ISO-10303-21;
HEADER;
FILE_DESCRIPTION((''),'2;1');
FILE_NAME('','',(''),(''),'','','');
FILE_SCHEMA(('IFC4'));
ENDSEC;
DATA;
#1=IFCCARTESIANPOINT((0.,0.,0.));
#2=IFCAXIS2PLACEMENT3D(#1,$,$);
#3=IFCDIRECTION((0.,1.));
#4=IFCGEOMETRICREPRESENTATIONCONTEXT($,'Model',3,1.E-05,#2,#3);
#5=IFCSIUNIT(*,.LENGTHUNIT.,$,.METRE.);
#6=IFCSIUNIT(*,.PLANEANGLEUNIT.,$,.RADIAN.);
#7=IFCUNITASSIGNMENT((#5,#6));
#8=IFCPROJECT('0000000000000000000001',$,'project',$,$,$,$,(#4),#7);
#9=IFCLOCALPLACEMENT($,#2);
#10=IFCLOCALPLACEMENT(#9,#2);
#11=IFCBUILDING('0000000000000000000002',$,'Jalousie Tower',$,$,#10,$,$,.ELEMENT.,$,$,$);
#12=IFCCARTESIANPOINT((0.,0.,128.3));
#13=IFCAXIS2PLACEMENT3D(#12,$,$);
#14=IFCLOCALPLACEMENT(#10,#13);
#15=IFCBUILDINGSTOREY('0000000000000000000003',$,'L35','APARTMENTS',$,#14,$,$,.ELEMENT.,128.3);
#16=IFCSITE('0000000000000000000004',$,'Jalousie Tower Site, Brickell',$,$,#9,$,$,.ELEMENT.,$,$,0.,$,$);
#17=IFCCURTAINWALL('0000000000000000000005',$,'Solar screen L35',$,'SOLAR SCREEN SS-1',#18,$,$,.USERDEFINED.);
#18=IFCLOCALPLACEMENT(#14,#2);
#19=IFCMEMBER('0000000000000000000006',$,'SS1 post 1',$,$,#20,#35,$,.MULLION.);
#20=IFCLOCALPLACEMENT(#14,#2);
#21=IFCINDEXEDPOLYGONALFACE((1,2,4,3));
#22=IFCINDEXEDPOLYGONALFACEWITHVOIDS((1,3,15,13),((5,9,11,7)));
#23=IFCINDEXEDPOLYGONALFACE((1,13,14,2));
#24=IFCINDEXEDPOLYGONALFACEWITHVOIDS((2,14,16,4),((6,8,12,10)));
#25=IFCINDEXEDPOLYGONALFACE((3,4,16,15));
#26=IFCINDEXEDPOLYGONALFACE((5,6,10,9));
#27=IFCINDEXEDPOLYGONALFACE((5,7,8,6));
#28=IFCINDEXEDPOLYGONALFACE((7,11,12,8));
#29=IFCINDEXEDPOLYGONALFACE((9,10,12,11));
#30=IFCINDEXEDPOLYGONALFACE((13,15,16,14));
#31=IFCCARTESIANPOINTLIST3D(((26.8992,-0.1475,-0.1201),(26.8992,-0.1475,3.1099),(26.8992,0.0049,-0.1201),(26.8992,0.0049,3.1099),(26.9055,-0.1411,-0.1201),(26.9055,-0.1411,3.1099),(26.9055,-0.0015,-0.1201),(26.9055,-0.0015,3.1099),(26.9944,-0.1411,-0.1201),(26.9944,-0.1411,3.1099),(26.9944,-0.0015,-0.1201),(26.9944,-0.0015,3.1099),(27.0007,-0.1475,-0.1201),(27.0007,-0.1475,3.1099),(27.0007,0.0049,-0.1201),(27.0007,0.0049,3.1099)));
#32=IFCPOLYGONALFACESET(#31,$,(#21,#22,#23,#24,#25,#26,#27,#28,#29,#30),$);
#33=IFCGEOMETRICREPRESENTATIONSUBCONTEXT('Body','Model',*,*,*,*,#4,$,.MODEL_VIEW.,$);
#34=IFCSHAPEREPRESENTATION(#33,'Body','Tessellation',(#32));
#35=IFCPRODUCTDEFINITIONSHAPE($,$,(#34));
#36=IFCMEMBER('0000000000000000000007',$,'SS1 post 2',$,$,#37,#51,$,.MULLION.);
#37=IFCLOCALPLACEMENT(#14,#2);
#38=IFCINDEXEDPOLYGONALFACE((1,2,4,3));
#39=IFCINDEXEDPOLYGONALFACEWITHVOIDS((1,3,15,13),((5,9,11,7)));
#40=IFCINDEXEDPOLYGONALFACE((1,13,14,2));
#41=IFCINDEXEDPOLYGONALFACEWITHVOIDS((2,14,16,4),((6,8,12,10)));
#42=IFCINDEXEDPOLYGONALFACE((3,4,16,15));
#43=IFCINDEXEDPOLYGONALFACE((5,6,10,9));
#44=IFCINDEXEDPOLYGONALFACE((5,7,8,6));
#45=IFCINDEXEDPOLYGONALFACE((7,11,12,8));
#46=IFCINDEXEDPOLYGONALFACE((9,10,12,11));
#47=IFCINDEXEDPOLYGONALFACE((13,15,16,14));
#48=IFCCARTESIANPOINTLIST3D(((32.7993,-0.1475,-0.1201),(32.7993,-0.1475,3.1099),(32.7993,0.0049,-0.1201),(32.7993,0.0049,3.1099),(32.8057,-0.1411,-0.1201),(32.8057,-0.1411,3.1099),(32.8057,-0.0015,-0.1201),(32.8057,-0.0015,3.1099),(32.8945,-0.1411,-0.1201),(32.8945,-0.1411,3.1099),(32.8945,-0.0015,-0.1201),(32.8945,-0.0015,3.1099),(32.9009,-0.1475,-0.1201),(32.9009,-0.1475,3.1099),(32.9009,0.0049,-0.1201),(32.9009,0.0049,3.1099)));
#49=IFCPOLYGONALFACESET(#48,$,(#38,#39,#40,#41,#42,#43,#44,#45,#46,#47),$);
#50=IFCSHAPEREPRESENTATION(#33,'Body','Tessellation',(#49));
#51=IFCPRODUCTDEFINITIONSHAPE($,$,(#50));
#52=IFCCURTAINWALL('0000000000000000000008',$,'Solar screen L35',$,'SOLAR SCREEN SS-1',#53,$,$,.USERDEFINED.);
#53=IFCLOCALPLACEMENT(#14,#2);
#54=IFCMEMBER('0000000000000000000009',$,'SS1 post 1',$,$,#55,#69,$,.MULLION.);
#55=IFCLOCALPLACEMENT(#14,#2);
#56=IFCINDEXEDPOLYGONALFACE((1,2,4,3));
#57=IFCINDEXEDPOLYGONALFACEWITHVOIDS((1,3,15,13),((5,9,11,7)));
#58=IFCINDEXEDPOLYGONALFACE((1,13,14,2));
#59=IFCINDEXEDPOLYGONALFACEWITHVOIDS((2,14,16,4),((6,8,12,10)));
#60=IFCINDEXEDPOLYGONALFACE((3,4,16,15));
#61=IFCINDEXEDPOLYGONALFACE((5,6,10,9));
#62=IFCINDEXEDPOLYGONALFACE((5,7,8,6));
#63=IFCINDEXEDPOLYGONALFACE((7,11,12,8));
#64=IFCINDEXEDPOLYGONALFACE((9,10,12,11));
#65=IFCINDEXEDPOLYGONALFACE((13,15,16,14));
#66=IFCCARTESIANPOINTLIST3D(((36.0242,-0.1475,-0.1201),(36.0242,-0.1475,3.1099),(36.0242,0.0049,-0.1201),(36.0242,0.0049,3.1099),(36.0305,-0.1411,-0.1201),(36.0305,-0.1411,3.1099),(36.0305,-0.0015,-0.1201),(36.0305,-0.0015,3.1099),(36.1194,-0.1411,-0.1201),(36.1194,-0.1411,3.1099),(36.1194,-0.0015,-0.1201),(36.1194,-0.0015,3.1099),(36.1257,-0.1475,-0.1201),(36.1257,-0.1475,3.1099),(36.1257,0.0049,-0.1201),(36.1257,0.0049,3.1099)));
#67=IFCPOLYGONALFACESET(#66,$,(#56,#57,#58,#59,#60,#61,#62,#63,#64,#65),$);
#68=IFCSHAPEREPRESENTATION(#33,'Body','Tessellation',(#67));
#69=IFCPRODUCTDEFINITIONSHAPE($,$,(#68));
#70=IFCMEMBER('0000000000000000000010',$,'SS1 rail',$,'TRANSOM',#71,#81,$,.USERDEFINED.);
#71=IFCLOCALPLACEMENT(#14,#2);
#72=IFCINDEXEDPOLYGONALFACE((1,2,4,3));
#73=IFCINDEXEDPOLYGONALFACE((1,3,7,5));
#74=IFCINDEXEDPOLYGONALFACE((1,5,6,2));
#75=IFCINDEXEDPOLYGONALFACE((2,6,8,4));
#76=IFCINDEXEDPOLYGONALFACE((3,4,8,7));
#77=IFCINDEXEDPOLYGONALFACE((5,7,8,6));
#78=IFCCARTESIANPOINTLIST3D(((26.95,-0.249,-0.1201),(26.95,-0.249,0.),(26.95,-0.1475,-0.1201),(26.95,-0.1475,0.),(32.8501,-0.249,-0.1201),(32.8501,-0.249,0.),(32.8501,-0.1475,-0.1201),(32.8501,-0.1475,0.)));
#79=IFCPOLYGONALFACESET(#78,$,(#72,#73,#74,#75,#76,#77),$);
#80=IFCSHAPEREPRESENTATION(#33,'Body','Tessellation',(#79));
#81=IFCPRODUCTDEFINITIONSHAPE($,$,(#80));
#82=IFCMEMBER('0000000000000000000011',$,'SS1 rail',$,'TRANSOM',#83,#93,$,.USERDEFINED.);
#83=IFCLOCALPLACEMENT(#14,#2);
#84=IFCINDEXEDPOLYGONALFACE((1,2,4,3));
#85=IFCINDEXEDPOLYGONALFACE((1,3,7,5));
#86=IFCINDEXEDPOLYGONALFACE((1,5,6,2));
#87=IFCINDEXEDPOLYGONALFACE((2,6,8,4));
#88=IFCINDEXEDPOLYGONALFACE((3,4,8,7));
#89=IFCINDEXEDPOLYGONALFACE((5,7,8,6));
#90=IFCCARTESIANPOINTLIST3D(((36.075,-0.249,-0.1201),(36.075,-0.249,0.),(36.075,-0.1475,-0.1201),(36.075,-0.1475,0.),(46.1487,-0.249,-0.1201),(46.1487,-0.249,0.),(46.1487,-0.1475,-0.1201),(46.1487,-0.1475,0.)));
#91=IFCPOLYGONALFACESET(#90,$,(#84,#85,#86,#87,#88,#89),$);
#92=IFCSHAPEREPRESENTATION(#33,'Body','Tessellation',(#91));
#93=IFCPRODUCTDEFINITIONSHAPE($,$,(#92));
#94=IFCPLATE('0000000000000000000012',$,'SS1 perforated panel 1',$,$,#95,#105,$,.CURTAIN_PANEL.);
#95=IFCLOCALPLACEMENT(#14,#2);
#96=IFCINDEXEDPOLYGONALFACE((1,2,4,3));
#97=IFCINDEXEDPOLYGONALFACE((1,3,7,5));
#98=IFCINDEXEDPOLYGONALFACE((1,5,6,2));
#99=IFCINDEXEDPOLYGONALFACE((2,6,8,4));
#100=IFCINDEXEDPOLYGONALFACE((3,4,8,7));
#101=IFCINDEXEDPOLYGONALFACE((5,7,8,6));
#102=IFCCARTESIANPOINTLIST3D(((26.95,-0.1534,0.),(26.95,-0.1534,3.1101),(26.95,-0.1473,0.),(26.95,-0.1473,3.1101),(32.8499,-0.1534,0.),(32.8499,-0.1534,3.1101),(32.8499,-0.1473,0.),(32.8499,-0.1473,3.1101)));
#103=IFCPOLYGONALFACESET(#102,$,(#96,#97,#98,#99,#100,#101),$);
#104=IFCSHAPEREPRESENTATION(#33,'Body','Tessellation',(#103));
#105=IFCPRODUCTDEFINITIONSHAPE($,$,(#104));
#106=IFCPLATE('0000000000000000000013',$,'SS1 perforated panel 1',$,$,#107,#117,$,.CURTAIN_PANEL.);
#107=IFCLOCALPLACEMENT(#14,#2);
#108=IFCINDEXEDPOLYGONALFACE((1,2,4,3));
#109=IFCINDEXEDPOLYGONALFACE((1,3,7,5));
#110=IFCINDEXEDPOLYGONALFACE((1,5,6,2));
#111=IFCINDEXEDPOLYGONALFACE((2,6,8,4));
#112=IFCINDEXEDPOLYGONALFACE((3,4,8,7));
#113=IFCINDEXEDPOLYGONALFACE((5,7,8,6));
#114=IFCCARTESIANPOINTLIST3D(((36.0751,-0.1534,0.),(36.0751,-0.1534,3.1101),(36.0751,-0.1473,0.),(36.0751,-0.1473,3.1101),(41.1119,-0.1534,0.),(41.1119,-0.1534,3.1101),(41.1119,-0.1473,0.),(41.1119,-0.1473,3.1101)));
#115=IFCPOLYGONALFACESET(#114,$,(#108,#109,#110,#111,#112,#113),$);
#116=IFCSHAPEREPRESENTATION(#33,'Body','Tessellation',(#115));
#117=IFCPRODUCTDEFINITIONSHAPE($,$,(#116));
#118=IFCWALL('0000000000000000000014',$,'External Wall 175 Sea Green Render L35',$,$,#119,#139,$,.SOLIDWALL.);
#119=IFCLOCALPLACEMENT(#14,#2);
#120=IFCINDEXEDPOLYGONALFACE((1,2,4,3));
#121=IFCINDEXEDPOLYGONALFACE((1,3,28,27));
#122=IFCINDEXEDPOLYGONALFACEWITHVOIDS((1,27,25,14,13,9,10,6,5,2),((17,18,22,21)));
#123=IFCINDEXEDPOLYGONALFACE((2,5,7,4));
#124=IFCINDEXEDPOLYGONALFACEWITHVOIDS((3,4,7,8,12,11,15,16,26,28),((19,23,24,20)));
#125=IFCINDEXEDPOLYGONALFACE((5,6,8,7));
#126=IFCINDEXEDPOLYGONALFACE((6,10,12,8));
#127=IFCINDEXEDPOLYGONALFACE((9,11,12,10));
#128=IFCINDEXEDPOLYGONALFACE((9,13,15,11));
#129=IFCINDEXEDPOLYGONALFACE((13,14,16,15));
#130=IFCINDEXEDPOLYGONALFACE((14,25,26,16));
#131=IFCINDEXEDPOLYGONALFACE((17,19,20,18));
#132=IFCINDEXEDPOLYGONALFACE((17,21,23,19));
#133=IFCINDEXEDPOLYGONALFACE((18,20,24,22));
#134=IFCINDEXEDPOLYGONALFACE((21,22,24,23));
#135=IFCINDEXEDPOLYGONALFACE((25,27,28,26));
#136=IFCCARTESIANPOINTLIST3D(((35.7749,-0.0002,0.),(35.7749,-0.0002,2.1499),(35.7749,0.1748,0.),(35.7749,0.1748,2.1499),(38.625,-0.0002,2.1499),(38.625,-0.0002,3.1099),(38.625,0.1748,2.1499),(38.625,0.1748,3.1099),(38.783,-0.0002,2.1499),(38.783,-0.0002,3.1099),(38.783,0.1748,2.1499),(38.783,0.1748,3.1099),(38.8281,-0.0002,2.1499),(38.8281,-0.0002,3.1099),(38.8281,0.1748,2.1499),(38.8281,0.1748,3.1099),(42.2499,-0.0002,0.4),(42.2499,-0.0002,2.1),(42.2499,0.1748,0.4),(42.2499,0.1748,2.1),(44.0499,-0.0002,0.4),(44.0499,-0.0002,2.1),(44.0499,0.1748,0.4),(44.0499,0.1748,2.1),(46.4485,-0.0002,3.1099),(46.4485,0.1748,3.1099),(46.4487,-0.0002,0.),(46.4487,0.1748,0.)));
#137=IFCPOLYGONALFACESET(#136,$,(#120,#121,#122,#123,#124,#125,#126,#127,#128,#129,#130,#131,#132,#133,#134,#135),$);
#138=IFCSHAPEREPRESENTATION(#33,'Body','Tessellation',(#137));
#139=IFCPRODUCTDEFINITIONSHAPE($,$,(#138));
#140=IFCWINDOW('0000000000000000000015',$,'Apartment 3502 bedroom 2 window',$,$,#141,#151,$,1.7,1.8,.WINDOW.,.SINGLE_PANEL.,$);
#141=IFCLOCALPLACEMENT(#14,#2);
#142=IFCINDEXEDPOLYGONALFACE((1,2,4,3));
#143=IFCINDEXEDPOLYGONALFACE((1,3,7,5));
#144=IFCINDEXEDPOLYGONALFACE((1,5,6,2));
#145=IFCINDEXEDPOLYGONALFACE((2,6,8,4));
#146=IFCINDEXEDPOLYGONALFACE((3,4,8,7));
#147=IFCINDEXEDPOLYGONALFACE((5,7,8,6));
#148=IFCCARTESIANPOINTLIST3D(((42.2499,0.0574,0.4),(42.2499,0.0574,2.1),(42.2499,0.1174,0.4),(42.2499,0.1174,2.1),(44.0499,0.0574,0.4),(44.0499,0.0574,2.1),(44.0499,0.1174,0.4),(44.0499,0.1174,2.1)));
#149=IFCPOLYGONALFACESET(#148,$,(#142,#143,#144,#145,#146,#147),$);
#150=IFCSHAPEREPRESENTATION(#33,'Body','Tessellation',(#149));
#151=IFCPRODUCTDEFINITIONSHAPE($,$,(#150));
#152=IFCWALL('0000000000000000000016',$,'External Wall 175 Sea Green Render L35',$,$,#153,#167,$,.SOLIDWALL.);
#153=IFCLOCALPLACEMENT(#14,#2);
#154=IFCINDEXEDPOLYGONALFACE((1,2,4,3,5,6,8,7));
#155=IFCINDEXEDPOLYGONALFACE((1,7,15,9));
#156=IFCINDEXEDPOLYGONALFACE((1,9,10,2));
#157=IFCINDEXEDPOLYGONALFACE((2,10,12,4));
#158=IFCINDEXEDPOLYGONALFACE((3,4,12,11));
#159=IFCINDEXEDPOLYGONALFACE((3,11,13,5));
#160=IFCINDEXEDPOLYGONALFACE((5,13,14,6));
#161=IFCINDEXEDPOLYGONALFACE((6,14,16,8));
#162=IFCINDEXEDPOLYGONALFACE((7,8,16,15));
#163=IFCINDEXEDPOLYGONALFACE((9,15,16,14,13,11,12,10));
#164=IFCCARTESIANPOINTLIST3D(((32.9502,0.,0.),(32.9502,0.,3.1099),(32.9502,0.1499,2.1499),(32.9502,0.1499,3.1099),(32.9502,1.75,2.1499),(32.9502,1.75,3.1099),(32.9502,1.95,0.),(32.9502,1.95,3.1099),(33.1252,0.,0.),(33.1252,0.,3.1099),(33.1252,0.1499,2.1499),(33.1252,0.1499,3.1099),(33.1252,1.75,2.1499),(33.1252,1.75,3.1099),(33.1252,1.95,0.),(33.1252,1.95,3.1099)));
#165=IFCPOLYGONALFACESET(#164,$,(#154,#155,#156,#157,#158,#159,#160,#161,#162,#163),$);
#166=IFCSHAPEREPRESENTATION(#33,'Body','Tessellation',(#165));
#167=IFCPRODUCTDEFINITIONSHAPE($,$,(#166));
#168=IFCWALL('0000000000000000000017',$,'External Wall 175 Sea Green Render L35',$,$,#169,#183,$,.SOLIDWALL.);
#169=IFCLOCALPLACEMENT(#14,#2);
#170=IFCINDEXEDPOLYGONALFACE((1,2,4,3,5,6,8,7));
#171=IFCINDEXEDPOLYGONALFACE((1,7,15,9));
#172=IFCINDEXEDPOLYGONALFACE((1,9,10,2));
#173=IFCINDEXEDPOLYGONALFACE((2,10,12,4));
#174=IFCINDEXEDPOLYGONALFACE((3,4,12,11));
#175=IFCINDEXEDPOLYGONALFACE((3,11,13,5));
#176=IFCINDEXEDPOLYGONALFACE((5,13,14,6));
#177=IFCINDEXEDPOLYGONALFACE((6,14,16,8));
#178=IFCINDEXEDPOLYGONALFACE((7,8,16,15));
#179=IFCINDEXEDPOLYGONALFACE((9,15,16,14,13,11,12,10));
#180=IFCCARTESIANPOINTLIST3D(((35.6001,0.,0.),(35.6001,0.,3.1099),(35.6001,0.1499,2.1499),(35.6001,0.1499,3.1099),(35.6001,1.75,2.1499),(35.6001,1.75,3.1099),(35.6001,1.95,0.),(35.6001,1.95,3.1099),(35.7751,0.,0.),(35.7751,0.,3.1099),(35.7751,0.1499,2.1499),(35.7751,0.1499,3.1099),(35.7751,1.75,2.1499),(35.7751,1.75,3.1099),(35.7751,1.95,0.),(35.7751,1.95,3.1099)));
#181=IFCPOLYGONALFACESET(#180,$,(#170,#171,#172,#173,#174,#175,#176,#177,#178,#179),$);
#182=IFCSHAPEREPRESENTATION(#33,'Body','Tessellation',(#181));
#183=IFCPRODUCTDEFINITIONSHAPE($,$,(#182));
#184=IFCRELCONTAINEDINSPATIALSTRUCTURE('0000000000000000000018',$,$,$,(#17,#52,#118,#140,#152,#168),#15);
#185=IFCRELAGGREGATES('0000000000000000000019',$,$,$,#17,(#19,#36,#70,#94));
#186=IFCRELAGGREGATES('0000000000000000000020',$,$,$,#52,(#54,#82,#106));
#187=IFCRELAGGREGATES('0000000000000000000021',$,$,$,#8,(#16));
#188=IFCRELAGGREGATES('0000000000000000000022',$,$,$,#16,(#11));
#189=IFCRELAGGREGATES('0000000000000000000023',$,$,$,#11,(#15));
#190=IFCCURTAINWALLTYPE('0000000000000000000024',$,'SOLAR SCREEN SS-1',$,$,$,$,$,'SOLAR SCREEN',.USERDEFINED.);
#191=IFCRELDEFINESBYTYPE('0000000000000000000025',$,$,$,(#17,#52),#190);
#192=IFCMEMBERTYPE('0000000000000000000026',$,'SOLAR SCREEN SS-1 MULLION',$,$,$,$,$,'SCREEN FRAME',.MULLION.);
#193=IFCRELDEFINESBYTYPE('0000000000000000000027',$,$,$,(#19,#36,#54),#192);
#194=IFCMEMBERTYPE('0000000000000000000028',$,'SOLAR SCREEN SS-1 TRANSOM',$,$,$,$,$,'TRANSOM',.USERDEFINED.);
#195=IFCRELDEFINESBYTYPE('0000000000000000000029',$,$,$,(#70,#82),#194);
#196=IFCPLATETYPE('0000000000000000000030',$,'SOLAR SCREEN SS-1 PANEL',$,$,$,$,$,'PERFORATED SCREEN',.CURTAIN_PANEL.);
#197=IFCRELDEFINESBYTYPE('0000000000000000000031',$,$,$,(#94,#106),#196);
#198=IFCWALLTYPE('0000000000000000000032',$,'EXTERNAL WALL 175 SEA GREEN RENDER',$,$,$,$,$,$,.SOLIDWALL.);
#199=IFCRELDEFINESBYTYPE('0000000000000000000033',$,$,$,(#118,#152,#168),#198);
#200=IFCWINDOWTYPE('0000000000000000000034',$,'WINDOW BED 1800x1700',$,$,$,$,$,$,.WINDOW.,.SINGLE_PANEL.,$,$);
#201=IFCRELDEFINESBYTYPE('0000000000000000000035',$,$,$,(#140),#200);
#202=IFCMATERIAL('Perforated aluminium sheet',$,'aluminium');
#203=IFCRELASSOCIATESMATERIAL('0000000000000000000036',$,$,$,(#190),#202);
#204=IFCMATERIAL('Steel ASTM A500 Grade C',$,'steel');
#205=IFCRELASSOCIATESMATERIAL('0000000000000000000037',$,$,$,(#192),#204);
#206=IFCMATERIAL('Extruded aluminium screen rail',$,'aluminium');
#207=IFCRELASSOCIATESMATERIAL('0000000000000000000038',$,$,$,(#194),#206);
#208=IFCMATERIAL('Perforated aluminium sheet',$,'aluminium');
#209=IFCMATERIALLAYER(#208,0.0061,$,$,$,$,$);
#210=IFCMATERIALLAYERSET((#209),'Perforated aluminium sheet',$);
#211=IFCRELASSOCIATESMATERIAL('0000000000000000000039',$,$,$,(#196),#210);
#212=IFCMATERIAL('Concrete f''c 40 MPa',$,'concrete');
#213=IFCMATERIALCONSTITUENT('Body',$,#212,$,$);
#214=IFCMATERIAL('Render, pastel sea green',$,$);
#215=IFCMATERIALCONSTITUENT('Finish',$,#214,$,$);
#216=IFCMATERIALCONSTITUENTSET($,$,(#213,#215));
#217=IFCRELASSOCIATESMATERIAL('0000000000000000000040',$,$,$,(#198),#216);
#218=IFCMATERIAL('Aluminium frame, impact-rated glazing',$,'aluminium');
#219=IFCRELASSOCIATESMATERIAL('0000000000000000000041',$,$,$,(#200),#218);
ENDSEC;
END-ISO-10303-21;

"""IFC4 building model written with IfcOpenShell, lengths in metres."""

from ifc_helpers import new_model, si_unit, direction, frame, frame_2d, origin, origin_2d, place, context, subcontext, project, spatial, polyline, rectangle, hollow_rectangle, outline, extrude, material, layer, layer_set, constituent, constituent_set, material_profile, profile_set, type_object, element, fill, aggregate, save


model = new_model("IFC4")

# Units and contexts
model_context = context("Model", 3, precision=1e-05, world=origin(), true_north=direction((0.0, 1.0)))
body_context = subcontext(model_context, "Body", "Model", "MODEL_VIEW")
ifc_project = project(units=[si_unit("LENGTHUNIT", "METRE"), si_unit("PLANEANGLEUNIT", "RADIAN")], contexts=[model_context])

# Site, building, storey
site_placement = place(None, origin())
site = spatial("IfcSite", under=ifc_project, at=site_placement, Name="Jalousie Tower Site, Brickell", CompositionType="ELEMENT", RefElevation=0.0)
building_placement = place(site_placement, origin())
building = spatial("IfcBuilding", under=site, at=building_placement, Name="Jalousie Tower", CompositionType="ELEMENT")
storey_placement = place(building_placement, frame((0.0, 0.0, 128.3)))
storey = spatial("IfcBuildingStorey", under=building, at=storey_placement, Name="L35", Description="APARTMENTS", CompositionType="ELEMENT", Elevation=128.3)

# Shared definitions
ifc_material_1 = material(Name="Perforated aluminium sheet", Category="aluminium")
curtain_wall_type = type_object("IfcCurtainWallType", Name="SOLAR SCREEN SS-1", ElementType="SOLAR SCREEN", PredefinedType="USERDEFINED", material=ifc_material_1)
ifc_material_2 = material(Name="Steel ASTM A500 Grade C", Category="steel")
ifc_material_profile_1 = material_profile(ifc_material_2, hollow_rectangle(XDim=0.1016, YDim=0.1523, WallThickness=0.0063, at=origin_2d()), Name="HSS6X4X1/4")
ifc_profile_set_1 = profile_set([ifc_material_profile_1], Name="Steel ASTM A500 Grade C")
member_type_1 = type_object("IfcMemberType", Name="SOLAR SCREEN SS-1 MULLION", ElementType="SCREEN FRAME", PredefinedType="MULLION", material=ifc_profile_set_1)

# Curtain wall, members
curtain_wall_1_placement = place(storey_placement, origin())
curtain_wall_1 = element("IfcCurtainWall", 1, at=curtain_wall_1_placement, inside=storey, type_object=curtain_wall_type, Name="Solar screen L35", ObjectType="SOLAR SCREEN SS-1", PredefinedType="USERDEFINED")
member_1_placement = place(storey_placement, frame((26.95, -0.0713, -0.1201), z_axis=(0.0, 0.0, 1.0), x_axis=(1.0, 0.0, 0.0)))
member_1 = element("IfcMember", 2, at=member_1_placement, type_object=member_type_1, Name="SS1 post 1", PredefinedType="MULLION", context=body_context, shape_type="SweptSolid", body=[
    extrude(hollow_rectangle(XDim=0.1016, YDim=0.1523, WallThickness=0.0063, at=origin_2d()), origin(), (0.0, 0.0, 1.0), 3.23),
])
member_2_placement = place(storey_placement, frame((32.8501, -0.0713, -0.1201), z_axis=(0.0, 0.0, 1.0), x_axis=(1.0, 0.0, 0.0)))
member_2 = element("IfcMember", 3, at=member_2_placement, type_object=member_type_1, Name="SS1 post 2", PredefinedType="MULLION", context=body_context, shape_type="SweptSolid", body=[
    extrude(hollow_rectangle(XDim=0.1016, YDim=0.1523, WallThickness=0.0063, at=origin_2d()), origin(), (0.0, 0.0, 1.0), 3.23),
])

# Curtain wall, member
curtain_wall_2_placement = place(storey_placement, origin())
curtain_wall_2 = element("IfcCurtainWall", 4, at=curtain_wall_2_placement, inside=storey, type_object=curtain_wall_type, Name="Solar screen L35", ObjectType="SOLAR SCREEN SS-1", PredefinedType="USERDEFINED")
member_3_placement = place(storey_placement, frame((36.075, -0.0713, -0.1201), z_axis=(0.0, 0.0, 1.0), x_axis=(1.0, 0.0, 0.0)))
member_3 = element("IfcMember", 5, at=member_3_placement, type_object=member_type_1, Name="SS1 post 1", PredefinedType="MULLION", context=body_context, shape_type="SweptSolid", body=[
    extrude(hollow_rectangle(XDim=0.1016, YDim=0.1523, WallThickness=0.0063, at=origin_2d()), origin(), (0.0, 0.0, 1.0), 3.23),
])

# Members
ifc_material_3 = material(Name="Extruded aluminium screen rail", Category="aluminium")
ifc_material_profile_2 = material_profile(ifc_material_3, rectangle(XDim=0.1016, YDim=0.1201, at=origin_2d()), Name="RAIL 102x120")
ifc_profile_set_2 = profile_set([ifc_material_profile_2], Name="Extruded aluminium screen rail")
member_type_2 = type_object("IfcMemberType", Name="SOLAR SCREEN SS-1 TRANSOM", ElementType="TRANSOM", PredefinedType="USERDEFINED", material=ifc_profile_set_2)
member_4_placement = place(storey_placement, frame((26.95, -0.1982, -0.0601), z_axis=(1.0, 0.0, 0.0), x_axis=(0.0, 1.0, 0.0)))
member_4 = element("IfcMember", 6, at=member_4_placement, type_object=member_type_2, Name="SS1 rail", ObjectType="TRANSOM", PredefinedType="USERDEFINED", context=body_context, shape_type="SweptSolid", body=[
    extrude(rectangle(XDim=0.1016, YDim=0.1201, at=origin_2d()), origin(), (0.0, 0.0, 1.0), 5.9001),
])
member_5_placement = place(storey_placement, frame((36.075, -0.1982, -0.0601), z_axis=(1.0, 0.0, 0.0), x_axis=(0.0, 1.0, 0.0)))
member_5 = element("IfcMember", 7, at=member_5_placement, type_object=member_type_2, Name="SS1 rail", ObjectType="TRANSOM", PredefinedType="USERDEFINED", context=body_context, shape_type="SweptSolid", body=[
    extrude(rectangle(XDim=0.1016, YDim=0.1201, at=origin_2d()), origin(), (0.0, 0.0, 1.0), 10.0737),
])

# Plates
ifc_material_4 = material(Name="Perforated aluminium sheet", Category="aluminium")
ifc_layer_1 = layer(ifc_material_4, 0.0061)
ifc_layer_set_1 = layer_set([ifc_layer_1], Name="Perforated aluminium sheet")
plate_type = type_object("IfcPlateType", Name="SOLAR SCREEN SS-1 PANEL", ElementType="PERFORATED SCREEN", PredefinedType="CURTAIN_PANEL", material=ifc_layer_set_1)
plate_1_placement = place(storey_placement, frame((29.8999, -0.1504, 0.0), z_axis=(0.0, 0.0, 1.0), x_axis=(1.0, 0.0, 0.0)))
plate_1 = element("IfcPlate", 8, at=plate_1_placement, type_object=plate_type, Name="SS1 perforated panel 1", PredefinedType="CURTAIN_PANEL", context=body_context, shape_type="SweptSolid", body=[
    extrude(rectangle(XDim=5.8999, YDim=0.0061, at=origin_2d()), origin(), (0.0, 0.0, 1.0), 3.1101),
])
aggregate(curtain_wall_1, [member_1, member_2, member_4, plate_1])
plate_2_placement = place(storey_placement, frame((38.5935, -0.1504, 0.0), z_axis=(0.0, 0.0, 1.0), x_axis=(1.0, 0.0, 0.0)))
plate_2 = element("IfcPlate", 9, at=plate_2_placement, type_object=plate_type, Name="SS1 perforated panel 1", PredefinedType="CURTAIN_PANEL", context=body_context, shape_type="SweptSolid", body=[
    extrude(rectangle(XDim=5.0369, YDim=0.0061, at=origin_2d()), origin(), (0.0, 0.0, 1.0), 3.1101),
])
aggregate(curtain_wall_2, [member_3, member_5, plate_2])

# Wall, opening, window
ifc_material_5 = material(Name="Concrete f'c 40 MPa", Category="concrete")
ifc_constituent_1 = constituent(ifc_material_5, Name="Body")
ifc_material_6 = material(Name="Render, pastel sea green")
ifc_constituent_2 = constituent(ifc_material_6, Name="Finish")
ifc_constituent_set_1 = constituent_set(constituents=[ifc_constituent_1, ifc_constituent_2])
wall_type_1 = type_object("IfcWallType", Name="EXTERNAL WALL 175 SEA GREEN RENDER", PredefinedType="SOLIDWALL", material=ifc_constituent_set_1)
wall_1_placement = place(storey_placement, frame((35.7749, 0.0874, 0.0), z_axis=(0.0, 0.0, 1.0), x_axis=(1.0, 0.0, 0.0)))
wall_1 = element("IfcWall", 10, at=wall_1_placement, inside=storey, type_object=wall_type_1, Name="External Wall 175 Sea Green Render L35", PredefinedType="SOLIDWALL", context=body_context, shape_type="SweptSolid", body=[
    extrude(outline(polyline([(0.0, 0.0), (10.6738, 0.0), (10.6736, 3.1099), (3.0532, 3.1099), (3.0532, 2.1499), (3.0081, 2.1499), (3.0081, 3.1099), (2.8501, 3.1099), (2.8501, 2.1499), (0.0, 2.1499), (0.0, 0.0)])), frame((0.0, 0.0874, 0.0), z_axis=(0.0, -1.0, 0.0), x_axis=(1.0, 0.0, 0.0)), (0.0, 0.0, 1.0), 0.175),
])
opening_1_placement = place(wall_1_placement, frame((6.4751, 0.0, 0.3999)))
opening_1 = element("IfcOpeningElement", 11, at=opening_1_placement, cuts=wall_1, PredefinedType="OPENING", context=body_context, shape_type="SweptSolid", body=[
    extrude(rectangle(XDim=1.8, YDim=1.7, at=frame_2d((0.8999, 0.8501))), frame((0.0, 0.0974, 0.0), z_axis=(0.0, -1.0, 0.0), x_axis=(1.0, 0.0, 0.0)), (0.0, 0.0, 1.0), 0.1951),
])
ifc_material_7 = material(Name="Aluminium frame, impact-rated glazing", Category="aluminium")
window_type = type_object("IfcWindowType", Name="WINDOW BED 1800x1700", PartitioningType="SINGLE_PANEL", PredefinedType="WINDOW", material=ifc_material_7)
window_placement = place(opening_1_placement, origin())
window = element("IfcWindow", 12, at=window_placement, inside=storey, type_object=window_type, Name="Apartment 3502 bedroom 2 window", OverallHeight=1.7, OverallWidth=1.8, PartitioningType="SINGLE_PANEL", PredefinedType="WINDOW", context=body_context, shape_type="SweptSolid", body=[
    extrude(rectangle(XDim=1.8, YDim=1.7, at=frame_2d((0.8999, 0.8501))), frame((0.0, 0.03, 0.0), z_axis=(0.0, -1.0, 0.0), x_axis=(1.0, 0.0, 0.0)), (0.0, 0.0, 1.0), 0.0601),
])
fill(opening_1, window)

# Walls
for number, where, z_axis, x_axis, name in (
    (13, (33.0376, 0.0, 0.0), (0.0, 0.0, 1.0), (0.0, 1.0, 0.0), "External Wall 175 Sea Green Render L35"),
    (14, (35.6875, 0.0, 0.0), (0.0, 0.0, 1.0), (0.0, 1.0, 0.0), "External Wall 175 Sea Green Render L35"),
):
    element("IfcWall", number, at=place(storey_placement, frame(where, z_axis=z_axis, x_axis=x_axis)), inside=storey, type_object=wall_type_1, Name=name, PredefinedType="SOLIDWALL", context=body_context, shape_type="SweptSolid", body=[
        extrude(outline(polyline([(0.0, 0.0), (1.95, 0.0), (1.95, 3.1099), (1.75, 3.1099), (1.75, 2.1499), (0.1499, 2.1499), (0.1499, 3.1099), (0.0, 3.1099), (0.0, 0.0)])), frame((0.0, 0.0874, 0.0), z_axis=(0.0, -1.0, 0.0), x_axis=(1.0, 0.0, 0.0)), (0.0, 0.0, 1.0), 0.175),
    ])

save(model, "model.ifc")
